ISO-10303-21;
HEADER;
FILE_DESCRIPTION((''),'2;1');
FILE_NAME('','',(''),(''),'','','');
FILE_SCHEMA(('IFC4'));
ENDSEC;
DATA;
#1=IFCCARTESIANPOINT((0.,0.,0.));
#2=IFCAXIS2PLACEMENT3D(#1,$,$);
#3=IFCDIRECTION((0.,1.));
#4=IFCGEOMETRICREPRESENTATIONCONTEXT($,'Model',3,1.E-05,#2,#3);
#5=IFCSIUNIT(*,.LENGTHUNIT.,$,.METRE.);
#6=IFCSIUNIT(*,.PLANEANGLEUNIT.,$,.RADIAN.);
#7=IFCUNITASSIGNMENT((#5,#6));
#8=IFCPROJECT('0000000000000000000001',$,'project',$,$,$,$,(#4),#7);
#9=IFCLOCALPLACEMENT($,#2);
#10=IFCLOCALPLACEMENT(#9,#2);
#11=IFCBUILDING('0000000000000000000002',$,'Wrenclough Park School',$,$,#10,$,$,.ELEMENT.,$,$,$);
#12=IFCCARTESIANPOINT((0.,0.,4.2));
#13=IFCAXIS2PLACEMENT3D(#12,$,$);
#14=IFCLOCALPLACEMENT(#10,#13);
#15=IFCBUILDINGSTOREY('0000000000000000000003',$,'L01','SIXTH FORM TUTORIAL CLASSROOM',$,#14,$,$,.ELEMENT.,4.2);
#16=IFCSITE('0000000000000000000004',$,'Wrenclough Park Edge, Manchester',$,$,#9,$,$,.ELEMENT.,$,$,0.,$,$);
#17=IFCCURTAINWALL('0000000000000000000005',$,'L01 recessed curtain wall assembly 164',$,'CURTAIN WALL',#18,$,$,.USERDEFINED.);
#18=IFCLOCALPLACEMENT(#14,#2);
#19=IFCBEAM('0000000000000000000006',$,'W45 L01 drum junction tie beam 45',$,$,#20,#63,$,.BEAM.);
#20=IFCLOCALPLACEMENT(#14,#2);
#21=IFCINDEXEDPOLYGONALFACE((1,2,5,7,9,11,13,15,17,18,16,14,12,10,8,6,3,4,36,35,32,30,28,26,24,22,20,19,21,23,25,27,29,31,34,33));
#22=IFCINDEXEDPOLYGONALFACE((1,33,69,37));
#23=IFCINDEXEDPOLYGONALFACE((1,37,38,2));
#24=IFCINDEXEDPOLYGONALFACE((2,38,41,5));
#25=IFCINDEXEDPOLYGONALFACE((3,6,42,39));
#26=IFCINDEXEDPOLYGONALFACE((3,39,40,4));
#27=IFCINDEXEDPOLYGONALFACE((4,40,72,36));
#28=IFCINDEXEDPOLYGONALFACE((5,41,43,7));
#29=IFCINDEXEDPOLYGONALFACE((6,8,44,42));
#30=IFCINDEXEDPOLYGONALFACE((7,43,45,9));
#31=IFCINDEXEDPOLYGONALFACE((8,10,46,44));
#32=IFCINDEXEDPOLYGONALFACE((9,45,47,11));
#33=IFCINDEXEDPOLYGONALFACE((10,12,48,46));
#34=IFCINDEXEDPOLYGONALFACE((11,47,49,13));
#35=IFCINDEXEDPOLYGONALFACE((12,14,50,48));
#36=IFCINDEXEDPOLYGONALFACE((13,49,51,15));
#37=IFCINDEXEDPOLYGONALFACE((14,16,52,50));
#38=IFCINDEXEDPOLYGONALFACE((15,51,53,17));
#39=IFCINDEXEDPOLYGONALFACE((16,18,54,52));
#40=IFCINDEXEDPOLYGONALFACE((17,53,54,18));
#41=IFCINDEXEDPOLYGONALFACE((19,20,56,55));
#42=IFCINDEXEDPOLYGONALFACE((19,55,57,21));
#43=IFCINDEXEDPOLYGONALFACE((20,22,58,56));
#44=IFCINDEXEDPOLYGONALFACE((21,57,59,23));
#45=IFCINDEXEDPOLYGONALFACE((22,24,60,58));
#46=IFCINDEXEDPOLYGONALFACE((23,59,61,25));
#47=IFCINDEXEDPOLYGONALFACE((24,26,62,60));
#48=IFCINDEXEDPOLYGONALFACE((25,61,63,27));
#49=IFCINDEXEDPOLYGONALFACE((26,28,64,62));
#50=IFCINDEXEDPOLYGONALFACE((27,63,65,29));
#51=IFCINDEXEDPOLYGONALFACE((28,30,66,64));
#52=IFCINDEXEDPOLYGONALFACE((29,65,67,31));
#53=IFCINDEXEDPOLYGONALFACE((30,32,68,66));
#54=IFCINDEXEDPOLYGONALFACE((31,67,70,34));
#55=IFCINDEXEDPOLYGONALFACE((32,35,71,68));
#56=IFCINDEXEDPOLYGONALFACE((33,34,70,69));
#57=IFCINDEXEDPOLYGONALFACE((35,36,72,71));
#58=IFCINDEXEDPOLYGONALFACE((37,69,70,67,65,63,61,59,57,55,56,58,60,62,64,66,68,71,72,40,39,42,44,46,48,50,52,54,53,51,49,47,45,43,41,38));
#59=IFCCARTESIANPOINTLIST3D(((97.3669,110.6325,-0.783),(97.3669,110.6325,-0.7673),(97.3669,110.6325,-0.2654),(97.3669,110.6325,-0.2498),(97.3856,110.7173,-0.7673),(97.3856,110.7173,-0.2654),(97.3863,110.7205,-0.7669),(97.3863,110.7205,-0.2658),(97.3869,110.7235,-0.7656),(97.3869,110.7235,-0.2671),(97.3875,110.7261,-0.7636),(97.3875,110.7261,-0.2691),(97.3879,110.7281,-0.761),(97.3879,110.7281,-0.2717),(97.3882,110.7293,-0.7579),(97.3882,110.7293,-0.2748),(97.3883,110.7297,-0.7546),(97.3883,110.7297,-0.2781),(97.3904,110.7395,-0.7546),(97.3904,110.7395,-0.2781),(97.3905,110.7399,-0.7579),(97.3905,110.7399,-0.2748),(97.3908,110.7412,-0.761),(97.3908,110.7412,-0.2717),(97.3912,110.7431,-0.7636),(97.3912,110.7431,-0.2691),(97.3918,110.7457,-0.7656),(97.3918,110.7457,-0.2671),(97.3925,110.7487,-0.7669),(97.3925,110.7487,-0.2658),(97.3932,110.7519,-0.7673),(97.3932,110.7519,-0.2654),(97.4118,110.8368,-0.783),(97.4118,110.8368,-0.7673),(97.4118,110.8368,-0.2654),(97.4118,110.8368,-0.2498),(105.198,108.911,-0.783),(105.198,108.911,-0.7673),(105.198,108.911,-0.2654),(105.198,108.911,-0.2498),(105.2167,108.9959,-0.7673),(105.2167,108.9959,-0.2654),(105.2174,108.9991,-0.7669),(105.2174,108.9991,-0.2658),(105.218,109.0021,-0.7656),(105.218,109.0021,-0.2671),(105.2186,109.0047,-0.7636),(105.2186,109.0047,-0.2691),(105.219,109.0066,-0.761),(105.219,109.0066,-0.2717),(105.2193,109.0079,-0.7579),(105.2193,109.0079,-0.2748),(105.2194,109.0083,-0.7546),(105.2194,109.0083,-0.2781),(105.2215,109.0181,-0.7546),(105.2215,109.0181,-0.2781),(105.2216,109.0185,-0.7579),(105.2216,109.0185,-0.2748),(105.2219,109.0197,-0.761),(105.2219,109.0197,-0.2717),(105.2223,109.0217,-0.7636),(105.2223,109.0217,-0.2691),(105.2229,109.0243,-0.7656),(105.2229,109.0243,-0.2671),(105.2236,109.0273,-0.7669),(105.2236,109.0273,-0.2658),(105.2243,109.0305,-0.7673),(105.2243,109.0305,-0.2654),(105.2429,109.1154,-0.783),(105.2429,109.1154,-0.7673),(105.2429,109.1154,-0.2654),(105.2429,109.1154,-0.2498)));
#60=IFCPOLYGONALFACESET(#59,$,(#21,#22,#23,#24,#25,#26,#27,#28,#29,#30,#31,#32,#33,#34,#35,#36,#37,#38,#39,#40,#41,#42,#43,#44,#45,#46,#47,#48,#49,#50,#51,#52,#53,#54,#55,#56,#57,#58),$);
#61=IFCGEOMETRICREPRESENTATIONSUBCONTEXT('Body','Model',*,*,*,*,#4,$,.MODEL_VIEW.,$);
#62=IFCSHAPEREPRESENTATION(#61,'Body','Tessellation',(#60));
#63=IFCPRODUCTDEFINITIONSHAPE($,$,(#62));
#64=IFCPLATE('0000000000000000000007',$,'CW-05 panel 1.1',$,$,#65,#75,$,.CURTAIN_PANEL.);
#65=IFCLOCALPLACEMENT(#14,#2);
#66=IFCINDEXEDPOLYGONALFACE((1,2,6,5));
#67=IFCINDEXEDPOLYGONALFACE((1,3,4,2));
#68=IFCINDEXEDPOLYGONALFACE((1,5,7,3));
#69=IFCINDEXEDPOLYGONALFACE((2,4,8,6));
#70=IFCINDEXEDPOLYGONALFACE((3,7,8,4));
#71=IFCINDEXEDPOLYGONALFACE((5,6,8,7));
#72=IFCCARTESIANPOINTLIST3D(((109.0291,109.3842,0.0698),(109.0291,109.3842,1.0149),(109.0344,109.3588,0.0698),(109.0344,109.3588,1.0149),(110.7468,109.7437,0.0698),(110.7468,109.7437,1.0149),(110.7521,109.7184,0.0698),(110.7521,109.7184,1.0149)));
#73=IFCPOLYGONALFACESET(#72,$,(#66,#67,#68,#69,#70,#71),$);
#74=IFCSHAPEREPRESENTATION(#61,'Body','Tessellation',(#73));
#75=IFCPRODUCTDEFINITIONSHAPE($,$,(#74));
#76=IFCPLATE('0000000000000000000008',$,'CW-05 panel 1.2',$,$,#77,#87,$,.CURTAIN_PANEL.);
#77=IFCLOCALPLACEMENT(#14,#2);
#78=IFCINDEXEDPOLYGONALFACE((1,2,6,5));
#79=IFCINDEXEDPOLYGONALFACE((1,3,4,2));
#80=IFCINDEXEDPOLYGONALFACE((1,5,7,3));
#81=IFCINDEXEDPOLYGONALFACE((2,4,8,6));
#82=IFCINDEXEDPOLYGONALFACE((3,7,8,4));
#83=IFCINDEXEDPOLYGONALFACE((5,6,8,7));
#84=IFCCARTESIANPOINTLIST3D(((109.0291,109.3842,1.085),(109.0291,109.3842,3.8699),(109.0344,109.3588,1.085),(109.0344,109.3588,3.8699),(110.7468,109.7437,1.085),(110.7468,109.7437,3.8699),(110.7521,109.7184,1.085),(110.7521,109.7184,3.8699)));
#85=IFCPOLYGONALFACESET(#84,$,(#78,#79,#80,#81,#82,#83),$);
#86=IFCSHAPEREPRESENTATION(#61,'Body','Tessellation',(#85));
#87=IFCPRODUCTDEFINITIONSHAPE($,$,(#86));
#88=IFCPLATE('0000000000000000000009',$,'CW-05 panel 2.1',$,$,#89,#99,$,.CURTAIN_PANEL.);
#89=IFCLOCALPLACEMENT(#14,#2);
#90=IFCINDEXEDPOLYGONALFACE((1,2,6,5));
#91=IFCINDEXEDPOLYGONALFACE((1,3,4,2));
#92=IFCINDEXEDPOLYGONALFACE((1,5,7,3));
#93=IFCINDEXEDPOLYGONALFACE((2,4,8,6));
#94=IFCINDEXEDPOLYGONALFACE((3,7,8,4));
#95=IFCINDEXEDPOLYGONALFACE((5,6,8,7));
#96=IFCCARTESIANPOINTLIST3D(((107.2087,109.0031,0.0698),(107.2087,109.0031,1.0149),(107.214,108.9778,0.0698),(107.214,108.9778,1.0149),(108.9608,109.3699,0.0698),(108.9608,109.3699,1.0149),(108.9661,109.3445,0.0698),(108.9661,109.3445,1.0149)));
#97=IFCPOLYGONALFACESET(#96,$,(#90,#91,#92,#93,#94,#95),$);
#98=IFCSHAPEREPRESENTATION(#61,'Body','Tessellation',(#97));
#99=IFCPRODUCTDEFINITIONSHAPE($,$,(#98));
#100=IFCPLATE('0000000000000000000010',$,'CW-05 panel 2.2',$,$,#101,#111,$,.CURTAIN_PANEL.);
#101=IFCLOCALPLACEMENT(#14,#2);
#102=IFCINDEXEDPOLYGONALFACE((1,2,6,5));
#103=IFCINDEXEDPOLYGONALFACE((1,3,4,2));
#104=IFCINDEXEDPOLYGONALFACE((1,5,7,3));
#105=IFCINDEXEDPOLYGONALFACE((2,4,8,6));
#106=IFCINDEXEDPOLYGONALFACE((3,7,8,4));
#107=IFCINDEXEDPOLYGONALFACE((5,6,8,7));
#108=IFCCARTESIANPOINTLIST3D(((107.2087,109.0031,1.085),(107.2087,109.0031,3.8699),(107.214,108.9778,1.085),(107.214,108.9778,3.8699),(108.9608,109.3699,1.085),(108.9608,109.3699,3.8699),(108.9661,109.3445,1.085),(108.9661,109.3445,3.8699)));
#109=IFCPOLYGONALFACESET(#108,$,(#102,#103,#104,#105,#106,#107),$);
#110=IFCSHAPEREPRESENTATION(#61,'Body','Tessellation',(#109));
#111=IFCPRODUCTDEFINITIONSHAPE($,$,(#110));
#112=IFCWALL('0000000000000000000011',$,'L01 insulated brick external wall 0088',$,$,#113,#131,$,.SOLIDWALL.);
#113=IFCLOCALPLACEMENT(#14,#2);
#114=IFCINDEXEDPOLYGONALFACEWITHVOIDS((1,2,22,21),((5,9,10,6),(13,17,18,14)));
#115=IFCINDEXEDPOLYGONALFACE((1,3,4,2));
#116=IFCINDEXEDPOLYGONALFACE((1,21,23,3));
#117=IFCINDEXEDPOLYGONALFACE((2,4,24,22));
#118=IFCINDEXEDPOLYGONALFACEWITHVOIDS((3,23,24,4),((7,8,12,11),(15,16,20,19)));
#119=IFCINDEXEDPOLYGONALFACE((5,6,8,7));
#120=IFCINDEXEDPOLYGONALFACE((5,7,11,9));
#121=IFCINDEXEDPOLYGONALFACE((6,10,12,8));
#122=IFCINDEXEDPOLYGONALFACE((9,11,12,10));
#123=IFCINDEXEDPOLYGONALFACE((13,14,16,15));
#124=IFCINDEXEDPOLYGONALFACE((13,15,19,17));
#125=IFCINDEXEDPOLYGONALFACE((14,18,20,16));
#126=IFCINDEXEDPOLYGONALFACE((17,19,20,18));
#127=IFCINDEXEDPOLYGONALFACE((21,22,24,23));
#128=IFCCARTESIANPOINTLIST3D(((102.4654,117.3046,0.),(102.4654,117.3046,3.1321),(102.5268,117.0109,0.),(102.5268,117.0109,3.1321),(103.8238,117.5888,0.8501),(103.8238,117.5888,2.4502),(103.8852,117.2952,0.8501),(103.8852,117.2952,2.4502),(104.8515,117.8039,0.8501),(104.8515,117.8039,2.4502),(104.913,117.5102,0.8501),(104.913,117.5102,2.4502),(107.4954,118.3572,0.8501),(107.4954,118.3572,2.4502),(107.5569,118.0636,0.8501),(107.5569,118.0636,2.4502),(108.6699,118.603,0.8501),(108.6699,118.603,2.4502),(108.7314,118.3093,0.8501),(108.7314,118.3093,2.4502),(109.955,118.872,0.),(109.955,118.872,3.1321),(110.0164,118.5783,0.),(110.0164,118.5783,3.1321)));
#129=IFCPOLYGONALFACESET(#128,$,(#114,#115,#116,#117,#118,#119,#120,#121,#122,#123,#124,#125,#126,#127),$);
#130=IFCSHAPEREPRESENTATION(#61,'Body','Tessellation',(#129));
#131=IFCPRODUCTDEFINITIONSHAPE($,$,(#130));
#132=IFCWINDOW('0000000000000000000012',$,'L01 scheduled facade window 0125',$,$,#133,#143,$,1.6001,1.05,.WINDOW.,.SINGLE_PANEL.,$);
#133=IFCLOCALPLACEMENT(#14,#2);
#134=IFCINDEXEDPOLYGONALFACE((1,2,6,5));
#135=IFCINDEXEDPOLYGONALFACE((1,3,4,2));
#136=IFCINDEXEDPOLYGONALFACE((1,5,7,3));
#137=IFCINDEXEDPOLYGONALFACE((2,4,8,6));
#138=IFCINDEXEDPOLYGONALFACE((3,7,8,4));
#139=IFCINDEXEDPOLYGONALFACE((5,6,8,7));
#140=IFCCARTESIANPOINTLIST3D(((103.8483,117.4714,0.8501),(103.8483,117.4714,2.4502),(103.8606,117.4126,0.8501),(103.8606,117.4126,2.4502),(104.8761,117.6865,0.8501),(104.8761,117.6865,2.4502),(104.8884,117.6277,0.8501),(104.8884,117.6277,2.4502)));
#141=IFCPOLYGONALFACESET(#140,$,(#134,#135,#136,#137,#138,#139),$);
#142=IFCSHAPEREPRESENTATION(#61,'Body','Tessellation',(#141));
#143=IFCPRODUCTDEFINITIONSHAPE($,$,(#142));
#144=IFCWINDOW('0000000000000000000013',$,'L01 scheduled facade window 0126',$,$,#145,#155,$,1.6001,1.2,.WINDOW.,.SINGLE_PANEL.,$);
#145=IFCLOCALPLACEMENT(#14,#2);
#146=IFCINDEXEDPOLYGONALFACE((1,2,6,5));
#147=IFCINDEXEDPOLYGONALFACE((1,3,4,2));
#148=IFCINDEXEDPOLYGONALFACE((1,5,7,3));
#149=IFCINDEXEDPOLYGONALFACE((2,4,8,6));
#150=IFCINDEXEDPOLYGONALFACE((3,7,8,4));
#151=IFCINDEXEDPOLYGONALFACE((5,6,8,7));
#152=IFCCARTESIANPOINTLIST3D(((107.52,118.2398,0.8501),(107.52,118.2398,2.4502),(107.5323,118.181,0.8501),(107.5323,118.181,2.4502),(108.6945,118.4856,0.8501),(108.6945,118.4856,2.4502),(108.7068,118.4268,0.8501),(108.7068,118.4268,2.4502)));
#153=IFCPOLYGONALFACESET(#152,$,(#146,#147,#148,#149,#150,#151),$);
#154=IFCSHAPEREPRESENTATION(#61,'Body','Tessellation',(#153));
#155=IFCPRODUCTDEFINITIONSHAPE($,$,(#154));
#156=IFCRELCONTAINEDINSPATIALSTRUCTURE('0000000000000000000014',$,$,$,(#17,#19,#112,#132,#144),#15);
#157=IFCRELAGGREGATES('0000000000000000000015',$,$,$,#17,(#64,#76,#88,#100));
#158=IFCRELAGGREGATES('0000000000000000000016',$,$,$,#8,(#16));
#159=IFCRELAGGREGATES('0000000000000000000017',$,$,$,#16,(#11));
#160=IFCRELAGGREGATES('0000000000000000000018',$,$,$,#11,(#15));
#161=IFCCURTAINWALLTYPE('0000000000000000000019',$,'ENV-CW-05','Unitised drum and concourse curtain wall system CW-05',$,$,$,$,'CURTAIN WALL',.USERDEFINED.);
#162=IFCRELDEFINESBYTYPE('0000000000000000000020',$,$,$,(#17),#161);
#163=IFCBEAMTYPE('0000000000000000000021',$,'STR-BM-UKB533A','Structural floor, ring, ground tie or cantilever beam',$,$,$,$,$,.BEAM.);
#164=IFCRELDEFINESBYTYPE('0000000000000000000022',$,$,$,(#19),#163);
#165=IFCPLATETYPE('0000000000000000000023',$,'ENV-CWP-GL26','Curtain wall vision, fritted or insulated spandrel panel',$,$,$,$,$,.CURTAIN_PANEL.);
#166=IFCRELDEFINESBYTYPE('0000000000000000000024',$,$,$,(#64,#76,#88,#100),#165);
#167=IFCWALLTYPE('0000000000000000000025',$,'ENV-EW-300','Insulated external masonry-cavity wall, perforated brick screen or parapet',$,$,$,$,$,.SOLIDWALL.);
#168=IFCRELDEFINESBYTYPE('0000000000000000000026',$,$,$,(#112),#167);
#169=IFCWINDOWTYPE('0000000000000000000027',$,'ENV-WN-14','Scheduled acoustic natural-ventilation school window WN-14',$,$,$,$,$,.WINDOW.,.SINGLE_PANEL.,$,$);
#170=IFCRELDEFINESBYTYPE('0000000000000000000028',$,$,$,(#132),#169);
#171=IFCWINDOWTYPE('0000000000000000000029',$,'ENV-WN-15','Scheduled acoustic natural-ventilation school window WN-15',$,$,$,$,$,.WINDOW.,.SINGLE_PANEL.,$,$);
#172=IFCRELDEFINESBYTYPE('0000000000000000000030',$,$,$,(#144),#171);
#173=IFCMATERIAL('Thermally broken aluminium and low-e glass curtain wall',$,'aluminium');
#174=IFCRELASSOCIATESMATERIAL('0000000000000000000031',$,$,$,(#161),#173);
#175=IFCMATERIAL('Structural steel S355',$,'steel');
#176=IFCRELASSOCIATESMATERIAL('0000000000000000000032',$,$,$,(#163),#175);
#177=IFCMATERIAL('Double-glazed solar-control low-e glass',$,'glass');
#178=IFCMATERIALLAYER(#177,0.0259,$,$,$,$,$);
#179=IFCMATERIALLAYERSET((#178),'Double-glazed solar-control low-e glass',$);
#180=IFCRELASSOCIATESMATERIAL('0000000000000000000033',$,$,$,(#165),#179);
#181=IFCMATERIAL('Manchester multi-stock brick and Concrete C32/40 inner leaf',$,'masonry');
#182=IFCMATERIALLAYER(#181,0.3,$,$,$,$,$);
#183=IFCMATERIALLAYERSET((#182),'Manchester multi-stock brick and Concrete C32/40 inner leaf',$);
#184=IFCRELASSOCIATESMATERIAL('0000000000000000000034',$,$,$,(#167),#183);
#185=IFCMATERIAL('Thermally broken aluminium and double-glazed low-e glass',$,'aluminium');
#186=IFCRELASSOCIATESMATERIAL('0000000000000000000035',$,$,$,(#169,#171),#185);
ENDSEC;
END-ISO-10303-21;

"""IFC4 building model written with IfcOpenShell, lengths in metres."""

from ifc_helpers import new_model, si_unit, direction, frame, frame_2d, origin, origin_2d, place, context, subcontext, project, spatial, rectangle, i_section, extrude, material, layer, layer_set, material_profile, profile_set, type_object, element, fill, aggregate, save


model = new_model("IFC4")

# Units and contexts
model_context = context("Model", 3, precision=1e-05, world=origin(), true_north=direction((0.0, 1.0)))
body_context = subcontext(model_context, "Body", "Model", "MODEL_VIEW")
ifc_project = project(units=[si_unit("LENGTHUNIT", "METRE"), si_unit("PLANEANGLEUNIT", "RADIAN")], contexts=[model_context])

# Site, building, storey
site_placement = place(None, origin())
site = spatial("IfcSite", under=ifc_project, at=site_placement, Name="Wrenclough Park Edge, Manchester", CompositionType="ELEMENT", RefElevation=0.0)
building_placement = place(site_placement, origin())
building = spatial("IfcBuilding", under=site, at=building_placement, Name="Wrenclough Park School", CompositionType="ELEMENT")
storey_placement = place(building_placement, frame((0.0, 0.0, 4.2)))
storey = spatial("IfcBuildingStorey", under=building, at=storey_placement, Name="L01", Description="SIXTH FORM TUTORIAL CLASSROOM", CompositionType="ELEMENT", Elevation=4.2)

# Shared definitions
ifc_material_1 = material(Name="Structural steel S355", Category="steel")

# Shared definitions
ifc_material_2 = material(Name="Thermally broken aluminium and low-e glass curtain wall", Category="aluminium")

# Curtain wall
curtain_wall_type_1 = type_object("IfcCurtainWallType", Name="ENV-CW-05", Description="Unitised drum and concourse curtain wall system CW-05", ElementType="CURTAIN WALL", PredefinedType="USERDEFINED", material=ifc_material_2)
curtain_wall_1_placement = place(storey_placement, origin())
curtain_wall_1 = element("IfcCurtainWall", 1, at=curtain_wall_1_placement, inside=storey, type_object=curtain_wall_type_1, Name="L01 recessed curtain wall assembly 164", ObjectType="CURTAIN WALL", PredefinedType="USERDEFINED")

# Beam
ifc_material_profile_1 = material_profile(ifc_material_1, i_section(OverallWidth=0.2092, OverallDepth=0.5332, WebThickness=0.01, FlangeThickness=0.0156, FilletRadius=0.0127, at=origin_2d()), Name="UKB 533x210x92")
ifc_profile_set_1 = profile_set([ifc_material_profile_1], Name="Structural steel S355")
beam_type_1 = type_object("IfcBeamType", Name="STR-BM-UKB533A", Description="Structural floor, ring, ground tie or cantilever beam", PredefinedType="BEAM", material=ifc_profile_set_1)
beam_1_placement = place(storey_placement, frame((105.2205, 109.0132, -0.5164), z_axis=(-0.976681, 0.214696, 0.0), x_axis=(-0.214696, -0.976681, 0.0)))
element("IfcBeam", 2, at=beam_1_placement, inside=storey, type_object=beam_type_1, Name="W45 L01 drum junction tie beam 45", PredefinedType="BEAM", context=body_context, shape_type="SweptSolid", body=[
    extrude(i_section(OverallWidth=0.2092, OverallDepth=0.5332, WebThickness=0.01, FlangeThickness=0.0156, FilletRadius=0.0127, at=origin_2d()), origin(), (0.0, 0.0, 1.0), 8.0181),
])

# Plates
ifc_material_3 = material(Name="Double-glazed solar-control low-e glass", Category="glass")
ifc_layer_1 = layer(ifc_material_3, 0.0259)
ifc_layer_set_1 = layer_set([ifc_layer_1], Name="Double-glazed solar-control low-e glass")
plate_type = type_object("IfcPlateType", Name="ENV-CWP-GL26", Description="Curtain wall vision, fritted or insulated spandrel panel", PredefinedType="CURTAIN_PANEL", material=ifc_layer_set_1)
plate_1_placement = place(storey_placement, frame((109.8906, 109.5513, 0.0698), z_axis=(0.0, 0.0, 1.0), x_axis=(-0.978788, -0.204874, 0.0)))
plate_1 = element("IfcPlate", 3, at=plate_1_placement, type_object=plate_type, Name="CW-05 panel 1.1", PredefinedType="CURTAIN_PANEL", context=body_context, shape_type="SweptSolid", body=[
    extrude(rectangle(XDim=1.7549, YDim=0.0259, at=origin_2d()), origin(), (0.0, 0.0, 1.0), 0.9451),
])
plate_2_placement = place(storey_placement, frame((109.8906, 109.5513, 1.085), z_axis=(0.0, 0.0, 1.0), x_axis=(-0.978788, -0.204874, 0.0)))
plate_2 = element("IfcPlate", 4, at=plate_2_placement, type_object=plate_type, Name="CW-05 panel 1.2", PredefinedType="CURTAIN_PANEL", context=body_context, shape_type="SweptSolid", body=[
    extrude(rectangle(XDim=1.7549, YDim=0.0259, at=origin_2d()), origin(), (0.0, 0.0, 1.0), 2.7849),
])
plate_3_placement = place(storey_placement, frame((108.0874, 109.1738, 0.0698), z_axis=(0.0, 0.0, 1.0), x_axis=(-0.978788, -0.204874, 0.0)))
plate_3 = element("IfcPlate", 5, at=plate_3_placement, type_object=plate_type, Name="CW-05 panel 2.1", PredefinedType="CURTAIN_PANEL", context=body_context, shape_type="SweptSolid", body=[
    extrude(rectangle(XDim=1.79, YDim=0.0259, at=origin_2d()), origin(), (0.0, 0.0, 1.0), 0.9451),
])
plate_4_placement = place(storey_placement, frame((108.0874, 109.1738, 1.085), z_axis=(0.0, 0.0, 1.0), x_axis=(-0.978788, -0.204874, 0.0)))
plate_4 = element("IfcPlate", 6, at=plate_4_placement, type_object=plate_type, Name="CW-05 panel 2.2", PredefinedType="CURTAIN_PANEL", context=body_context, shape_type="SweptSolid", body=[
    extrude(rectangle(XDim=1.79, YDim=0.0259, at=origin_2d()), origin(), (0.0, 0.0, 1.0), 2.7849),
])
aggregate(curtain_wall_1, [plate_1, plate_2, plate_3, plate_4])

# Wall, openings, windows
ifc_material_4 = material(Name="Manchester multi-stock brick and Concrete C32/40 inner leaf", Category="masonry")
ifc_layer_2 = layer(ifc_material_4, 0.3)
ifc_layer_set_2 = layer_set([ifc_layer_2], Name="Manchester multi-stock brick and Concrete C32/40 inner leaf")
wall_type = type_object("IfcWallType", Name="ENV-EW-300", Description="Insulated external masonry-cavity wall, perforated brick screen or parapet", PredefinedType="SOLIDWALL", material=ifc_layer_set_2)
wall_placement = place(storey_placement, frame((102.4961, 117.1577, 0.0), z_axis=(0.0, 0.0, 1.0), x_axis=(0.978796, 0.20484, 0.0)))
wall = element("IfcWall", 7, at=wall_placement, inside=storey, type_object=wall_type, Name="L01 insulated brick external wall 0088", PredefinedType="SOLIDWALL", context=body_context, shape_type="SweptSolid", body=[
    extrude(rectangle(XDim=7.6519, YDim=0.3, at=frame_2d((3.8259, 0.0))), origin(), (0.0, 0.0, 1.0), 3.1321),
])
opening_1_placement = place(wall_placement, frame((1.3879, 0.0, 0.8501)))
opening_1 = element("IfcOpeningElement", 8, at=opening_1_placement, cuts=wall, PredefinedType="OPENING", context=body_context, shape_type="SweptSolid", body=[
    extrude(rectangle(XDim=1.05, YDim=1.6001, at=frame_2d((0.5249, 0.8))), frame((0.0, 0.1599, 0.0), z_axis=(0.0, -1.0, 0.0), x_axis=(1.0, 0.0, 0.0)), (0.0, 0.0, 1.0), 0.3201),
])
opening_2_placement = place(wall_placement, frame((5.1389, 0.0, 0.8501)))
opening_2 = element("IfcOpeningElement", 9, at=opening_2_placement, cuts=wall, PredefinedType="OPENING", context=body_context, shape_type="SweptSolid", body=[
    extrude(rectangle(XDim=1.2, YDim=1.6001, at=frame_2d((0.6001, 0.8))), frame((0.0, 0.1599, 0.0), z_axis=(0.0, -1.0, 0.0), x_axis=(1.0, 0.0, 0.0)), (0.0, 0.0, 1.0), 0.3201),
])
ifc_material_5 = material(Name="Thermally broken aluminium and double-glazed low-e glass", Category="aluminium")
window_type_1 = type_object("IfcWindowType", Name="ENV-WN-14", Description="Scheduled acoustic natural-ventilation school window WN-14", PartitioningType="SINGLE_PANEL", PredefinedType="WINDOW", material=ifc_material_5)
window_1_placement = place(opening_1_placement, origin())
window_1 = element("IfcWindow", 10, at=window_1_placement, inside=storey, type_object=window_type_1, Name="L01 scheduled facade window 0125", OverallHeight=1.6001, OverallWidth=1.05, PartitioningType="SINGLE_PANEL", PredefinedType="WINDOW", context=body_context, shape_type="SweptSolid", body=[
    extrude(rectangle(XDim=1.05, YDim=1.6001, at=frame_2d((0.5249, 0.8))), frame((0.0, 0.03, 0.0), z_axis=(0.0, -1.0, 0.0), x_axis=(1.0, 0.0, 0.0)), (0.0, 0.0, 1.0), 0.0601),
])
fill(opening_1, window_1)
window_type_2 = type_object("IfcWindowType", Name="ENV-WN-15", Description="Scheduled acoustic natural-ventilation school window WN-15", PartitioningType="SINGLE_PANEL", PredefinedType="WINDOW", material=ifc_material_5)
window_2_placement = place(opening_2_placement, origin())
window_2 = element("IfcWindow", 11, at=window_2_placement, inside=storey, type_object=window_type_2, Name="L01 scheduled facade window 0126", OverallHeight=1.6001, OverallWidth=1.2, PartitioningType="SINGLE_PANEL", PredefinedType="WINDOW", context=body_context, shape_type="SweptSolid", body=[
    extrude(rectangle(XDim=1.2, YDim=1.6001, at=frame_2d((0.6001, 0.8))), frame((0.0, 0.03, 0.0), z_axis=(0.0, -1.0, 0.0), x_axis=(1.0, 0.0, 0.0)), (0.0, 0.0, 1.0), 0.0601),
])
fill(opening_2, window_2)

save(model, "model.ifc")
